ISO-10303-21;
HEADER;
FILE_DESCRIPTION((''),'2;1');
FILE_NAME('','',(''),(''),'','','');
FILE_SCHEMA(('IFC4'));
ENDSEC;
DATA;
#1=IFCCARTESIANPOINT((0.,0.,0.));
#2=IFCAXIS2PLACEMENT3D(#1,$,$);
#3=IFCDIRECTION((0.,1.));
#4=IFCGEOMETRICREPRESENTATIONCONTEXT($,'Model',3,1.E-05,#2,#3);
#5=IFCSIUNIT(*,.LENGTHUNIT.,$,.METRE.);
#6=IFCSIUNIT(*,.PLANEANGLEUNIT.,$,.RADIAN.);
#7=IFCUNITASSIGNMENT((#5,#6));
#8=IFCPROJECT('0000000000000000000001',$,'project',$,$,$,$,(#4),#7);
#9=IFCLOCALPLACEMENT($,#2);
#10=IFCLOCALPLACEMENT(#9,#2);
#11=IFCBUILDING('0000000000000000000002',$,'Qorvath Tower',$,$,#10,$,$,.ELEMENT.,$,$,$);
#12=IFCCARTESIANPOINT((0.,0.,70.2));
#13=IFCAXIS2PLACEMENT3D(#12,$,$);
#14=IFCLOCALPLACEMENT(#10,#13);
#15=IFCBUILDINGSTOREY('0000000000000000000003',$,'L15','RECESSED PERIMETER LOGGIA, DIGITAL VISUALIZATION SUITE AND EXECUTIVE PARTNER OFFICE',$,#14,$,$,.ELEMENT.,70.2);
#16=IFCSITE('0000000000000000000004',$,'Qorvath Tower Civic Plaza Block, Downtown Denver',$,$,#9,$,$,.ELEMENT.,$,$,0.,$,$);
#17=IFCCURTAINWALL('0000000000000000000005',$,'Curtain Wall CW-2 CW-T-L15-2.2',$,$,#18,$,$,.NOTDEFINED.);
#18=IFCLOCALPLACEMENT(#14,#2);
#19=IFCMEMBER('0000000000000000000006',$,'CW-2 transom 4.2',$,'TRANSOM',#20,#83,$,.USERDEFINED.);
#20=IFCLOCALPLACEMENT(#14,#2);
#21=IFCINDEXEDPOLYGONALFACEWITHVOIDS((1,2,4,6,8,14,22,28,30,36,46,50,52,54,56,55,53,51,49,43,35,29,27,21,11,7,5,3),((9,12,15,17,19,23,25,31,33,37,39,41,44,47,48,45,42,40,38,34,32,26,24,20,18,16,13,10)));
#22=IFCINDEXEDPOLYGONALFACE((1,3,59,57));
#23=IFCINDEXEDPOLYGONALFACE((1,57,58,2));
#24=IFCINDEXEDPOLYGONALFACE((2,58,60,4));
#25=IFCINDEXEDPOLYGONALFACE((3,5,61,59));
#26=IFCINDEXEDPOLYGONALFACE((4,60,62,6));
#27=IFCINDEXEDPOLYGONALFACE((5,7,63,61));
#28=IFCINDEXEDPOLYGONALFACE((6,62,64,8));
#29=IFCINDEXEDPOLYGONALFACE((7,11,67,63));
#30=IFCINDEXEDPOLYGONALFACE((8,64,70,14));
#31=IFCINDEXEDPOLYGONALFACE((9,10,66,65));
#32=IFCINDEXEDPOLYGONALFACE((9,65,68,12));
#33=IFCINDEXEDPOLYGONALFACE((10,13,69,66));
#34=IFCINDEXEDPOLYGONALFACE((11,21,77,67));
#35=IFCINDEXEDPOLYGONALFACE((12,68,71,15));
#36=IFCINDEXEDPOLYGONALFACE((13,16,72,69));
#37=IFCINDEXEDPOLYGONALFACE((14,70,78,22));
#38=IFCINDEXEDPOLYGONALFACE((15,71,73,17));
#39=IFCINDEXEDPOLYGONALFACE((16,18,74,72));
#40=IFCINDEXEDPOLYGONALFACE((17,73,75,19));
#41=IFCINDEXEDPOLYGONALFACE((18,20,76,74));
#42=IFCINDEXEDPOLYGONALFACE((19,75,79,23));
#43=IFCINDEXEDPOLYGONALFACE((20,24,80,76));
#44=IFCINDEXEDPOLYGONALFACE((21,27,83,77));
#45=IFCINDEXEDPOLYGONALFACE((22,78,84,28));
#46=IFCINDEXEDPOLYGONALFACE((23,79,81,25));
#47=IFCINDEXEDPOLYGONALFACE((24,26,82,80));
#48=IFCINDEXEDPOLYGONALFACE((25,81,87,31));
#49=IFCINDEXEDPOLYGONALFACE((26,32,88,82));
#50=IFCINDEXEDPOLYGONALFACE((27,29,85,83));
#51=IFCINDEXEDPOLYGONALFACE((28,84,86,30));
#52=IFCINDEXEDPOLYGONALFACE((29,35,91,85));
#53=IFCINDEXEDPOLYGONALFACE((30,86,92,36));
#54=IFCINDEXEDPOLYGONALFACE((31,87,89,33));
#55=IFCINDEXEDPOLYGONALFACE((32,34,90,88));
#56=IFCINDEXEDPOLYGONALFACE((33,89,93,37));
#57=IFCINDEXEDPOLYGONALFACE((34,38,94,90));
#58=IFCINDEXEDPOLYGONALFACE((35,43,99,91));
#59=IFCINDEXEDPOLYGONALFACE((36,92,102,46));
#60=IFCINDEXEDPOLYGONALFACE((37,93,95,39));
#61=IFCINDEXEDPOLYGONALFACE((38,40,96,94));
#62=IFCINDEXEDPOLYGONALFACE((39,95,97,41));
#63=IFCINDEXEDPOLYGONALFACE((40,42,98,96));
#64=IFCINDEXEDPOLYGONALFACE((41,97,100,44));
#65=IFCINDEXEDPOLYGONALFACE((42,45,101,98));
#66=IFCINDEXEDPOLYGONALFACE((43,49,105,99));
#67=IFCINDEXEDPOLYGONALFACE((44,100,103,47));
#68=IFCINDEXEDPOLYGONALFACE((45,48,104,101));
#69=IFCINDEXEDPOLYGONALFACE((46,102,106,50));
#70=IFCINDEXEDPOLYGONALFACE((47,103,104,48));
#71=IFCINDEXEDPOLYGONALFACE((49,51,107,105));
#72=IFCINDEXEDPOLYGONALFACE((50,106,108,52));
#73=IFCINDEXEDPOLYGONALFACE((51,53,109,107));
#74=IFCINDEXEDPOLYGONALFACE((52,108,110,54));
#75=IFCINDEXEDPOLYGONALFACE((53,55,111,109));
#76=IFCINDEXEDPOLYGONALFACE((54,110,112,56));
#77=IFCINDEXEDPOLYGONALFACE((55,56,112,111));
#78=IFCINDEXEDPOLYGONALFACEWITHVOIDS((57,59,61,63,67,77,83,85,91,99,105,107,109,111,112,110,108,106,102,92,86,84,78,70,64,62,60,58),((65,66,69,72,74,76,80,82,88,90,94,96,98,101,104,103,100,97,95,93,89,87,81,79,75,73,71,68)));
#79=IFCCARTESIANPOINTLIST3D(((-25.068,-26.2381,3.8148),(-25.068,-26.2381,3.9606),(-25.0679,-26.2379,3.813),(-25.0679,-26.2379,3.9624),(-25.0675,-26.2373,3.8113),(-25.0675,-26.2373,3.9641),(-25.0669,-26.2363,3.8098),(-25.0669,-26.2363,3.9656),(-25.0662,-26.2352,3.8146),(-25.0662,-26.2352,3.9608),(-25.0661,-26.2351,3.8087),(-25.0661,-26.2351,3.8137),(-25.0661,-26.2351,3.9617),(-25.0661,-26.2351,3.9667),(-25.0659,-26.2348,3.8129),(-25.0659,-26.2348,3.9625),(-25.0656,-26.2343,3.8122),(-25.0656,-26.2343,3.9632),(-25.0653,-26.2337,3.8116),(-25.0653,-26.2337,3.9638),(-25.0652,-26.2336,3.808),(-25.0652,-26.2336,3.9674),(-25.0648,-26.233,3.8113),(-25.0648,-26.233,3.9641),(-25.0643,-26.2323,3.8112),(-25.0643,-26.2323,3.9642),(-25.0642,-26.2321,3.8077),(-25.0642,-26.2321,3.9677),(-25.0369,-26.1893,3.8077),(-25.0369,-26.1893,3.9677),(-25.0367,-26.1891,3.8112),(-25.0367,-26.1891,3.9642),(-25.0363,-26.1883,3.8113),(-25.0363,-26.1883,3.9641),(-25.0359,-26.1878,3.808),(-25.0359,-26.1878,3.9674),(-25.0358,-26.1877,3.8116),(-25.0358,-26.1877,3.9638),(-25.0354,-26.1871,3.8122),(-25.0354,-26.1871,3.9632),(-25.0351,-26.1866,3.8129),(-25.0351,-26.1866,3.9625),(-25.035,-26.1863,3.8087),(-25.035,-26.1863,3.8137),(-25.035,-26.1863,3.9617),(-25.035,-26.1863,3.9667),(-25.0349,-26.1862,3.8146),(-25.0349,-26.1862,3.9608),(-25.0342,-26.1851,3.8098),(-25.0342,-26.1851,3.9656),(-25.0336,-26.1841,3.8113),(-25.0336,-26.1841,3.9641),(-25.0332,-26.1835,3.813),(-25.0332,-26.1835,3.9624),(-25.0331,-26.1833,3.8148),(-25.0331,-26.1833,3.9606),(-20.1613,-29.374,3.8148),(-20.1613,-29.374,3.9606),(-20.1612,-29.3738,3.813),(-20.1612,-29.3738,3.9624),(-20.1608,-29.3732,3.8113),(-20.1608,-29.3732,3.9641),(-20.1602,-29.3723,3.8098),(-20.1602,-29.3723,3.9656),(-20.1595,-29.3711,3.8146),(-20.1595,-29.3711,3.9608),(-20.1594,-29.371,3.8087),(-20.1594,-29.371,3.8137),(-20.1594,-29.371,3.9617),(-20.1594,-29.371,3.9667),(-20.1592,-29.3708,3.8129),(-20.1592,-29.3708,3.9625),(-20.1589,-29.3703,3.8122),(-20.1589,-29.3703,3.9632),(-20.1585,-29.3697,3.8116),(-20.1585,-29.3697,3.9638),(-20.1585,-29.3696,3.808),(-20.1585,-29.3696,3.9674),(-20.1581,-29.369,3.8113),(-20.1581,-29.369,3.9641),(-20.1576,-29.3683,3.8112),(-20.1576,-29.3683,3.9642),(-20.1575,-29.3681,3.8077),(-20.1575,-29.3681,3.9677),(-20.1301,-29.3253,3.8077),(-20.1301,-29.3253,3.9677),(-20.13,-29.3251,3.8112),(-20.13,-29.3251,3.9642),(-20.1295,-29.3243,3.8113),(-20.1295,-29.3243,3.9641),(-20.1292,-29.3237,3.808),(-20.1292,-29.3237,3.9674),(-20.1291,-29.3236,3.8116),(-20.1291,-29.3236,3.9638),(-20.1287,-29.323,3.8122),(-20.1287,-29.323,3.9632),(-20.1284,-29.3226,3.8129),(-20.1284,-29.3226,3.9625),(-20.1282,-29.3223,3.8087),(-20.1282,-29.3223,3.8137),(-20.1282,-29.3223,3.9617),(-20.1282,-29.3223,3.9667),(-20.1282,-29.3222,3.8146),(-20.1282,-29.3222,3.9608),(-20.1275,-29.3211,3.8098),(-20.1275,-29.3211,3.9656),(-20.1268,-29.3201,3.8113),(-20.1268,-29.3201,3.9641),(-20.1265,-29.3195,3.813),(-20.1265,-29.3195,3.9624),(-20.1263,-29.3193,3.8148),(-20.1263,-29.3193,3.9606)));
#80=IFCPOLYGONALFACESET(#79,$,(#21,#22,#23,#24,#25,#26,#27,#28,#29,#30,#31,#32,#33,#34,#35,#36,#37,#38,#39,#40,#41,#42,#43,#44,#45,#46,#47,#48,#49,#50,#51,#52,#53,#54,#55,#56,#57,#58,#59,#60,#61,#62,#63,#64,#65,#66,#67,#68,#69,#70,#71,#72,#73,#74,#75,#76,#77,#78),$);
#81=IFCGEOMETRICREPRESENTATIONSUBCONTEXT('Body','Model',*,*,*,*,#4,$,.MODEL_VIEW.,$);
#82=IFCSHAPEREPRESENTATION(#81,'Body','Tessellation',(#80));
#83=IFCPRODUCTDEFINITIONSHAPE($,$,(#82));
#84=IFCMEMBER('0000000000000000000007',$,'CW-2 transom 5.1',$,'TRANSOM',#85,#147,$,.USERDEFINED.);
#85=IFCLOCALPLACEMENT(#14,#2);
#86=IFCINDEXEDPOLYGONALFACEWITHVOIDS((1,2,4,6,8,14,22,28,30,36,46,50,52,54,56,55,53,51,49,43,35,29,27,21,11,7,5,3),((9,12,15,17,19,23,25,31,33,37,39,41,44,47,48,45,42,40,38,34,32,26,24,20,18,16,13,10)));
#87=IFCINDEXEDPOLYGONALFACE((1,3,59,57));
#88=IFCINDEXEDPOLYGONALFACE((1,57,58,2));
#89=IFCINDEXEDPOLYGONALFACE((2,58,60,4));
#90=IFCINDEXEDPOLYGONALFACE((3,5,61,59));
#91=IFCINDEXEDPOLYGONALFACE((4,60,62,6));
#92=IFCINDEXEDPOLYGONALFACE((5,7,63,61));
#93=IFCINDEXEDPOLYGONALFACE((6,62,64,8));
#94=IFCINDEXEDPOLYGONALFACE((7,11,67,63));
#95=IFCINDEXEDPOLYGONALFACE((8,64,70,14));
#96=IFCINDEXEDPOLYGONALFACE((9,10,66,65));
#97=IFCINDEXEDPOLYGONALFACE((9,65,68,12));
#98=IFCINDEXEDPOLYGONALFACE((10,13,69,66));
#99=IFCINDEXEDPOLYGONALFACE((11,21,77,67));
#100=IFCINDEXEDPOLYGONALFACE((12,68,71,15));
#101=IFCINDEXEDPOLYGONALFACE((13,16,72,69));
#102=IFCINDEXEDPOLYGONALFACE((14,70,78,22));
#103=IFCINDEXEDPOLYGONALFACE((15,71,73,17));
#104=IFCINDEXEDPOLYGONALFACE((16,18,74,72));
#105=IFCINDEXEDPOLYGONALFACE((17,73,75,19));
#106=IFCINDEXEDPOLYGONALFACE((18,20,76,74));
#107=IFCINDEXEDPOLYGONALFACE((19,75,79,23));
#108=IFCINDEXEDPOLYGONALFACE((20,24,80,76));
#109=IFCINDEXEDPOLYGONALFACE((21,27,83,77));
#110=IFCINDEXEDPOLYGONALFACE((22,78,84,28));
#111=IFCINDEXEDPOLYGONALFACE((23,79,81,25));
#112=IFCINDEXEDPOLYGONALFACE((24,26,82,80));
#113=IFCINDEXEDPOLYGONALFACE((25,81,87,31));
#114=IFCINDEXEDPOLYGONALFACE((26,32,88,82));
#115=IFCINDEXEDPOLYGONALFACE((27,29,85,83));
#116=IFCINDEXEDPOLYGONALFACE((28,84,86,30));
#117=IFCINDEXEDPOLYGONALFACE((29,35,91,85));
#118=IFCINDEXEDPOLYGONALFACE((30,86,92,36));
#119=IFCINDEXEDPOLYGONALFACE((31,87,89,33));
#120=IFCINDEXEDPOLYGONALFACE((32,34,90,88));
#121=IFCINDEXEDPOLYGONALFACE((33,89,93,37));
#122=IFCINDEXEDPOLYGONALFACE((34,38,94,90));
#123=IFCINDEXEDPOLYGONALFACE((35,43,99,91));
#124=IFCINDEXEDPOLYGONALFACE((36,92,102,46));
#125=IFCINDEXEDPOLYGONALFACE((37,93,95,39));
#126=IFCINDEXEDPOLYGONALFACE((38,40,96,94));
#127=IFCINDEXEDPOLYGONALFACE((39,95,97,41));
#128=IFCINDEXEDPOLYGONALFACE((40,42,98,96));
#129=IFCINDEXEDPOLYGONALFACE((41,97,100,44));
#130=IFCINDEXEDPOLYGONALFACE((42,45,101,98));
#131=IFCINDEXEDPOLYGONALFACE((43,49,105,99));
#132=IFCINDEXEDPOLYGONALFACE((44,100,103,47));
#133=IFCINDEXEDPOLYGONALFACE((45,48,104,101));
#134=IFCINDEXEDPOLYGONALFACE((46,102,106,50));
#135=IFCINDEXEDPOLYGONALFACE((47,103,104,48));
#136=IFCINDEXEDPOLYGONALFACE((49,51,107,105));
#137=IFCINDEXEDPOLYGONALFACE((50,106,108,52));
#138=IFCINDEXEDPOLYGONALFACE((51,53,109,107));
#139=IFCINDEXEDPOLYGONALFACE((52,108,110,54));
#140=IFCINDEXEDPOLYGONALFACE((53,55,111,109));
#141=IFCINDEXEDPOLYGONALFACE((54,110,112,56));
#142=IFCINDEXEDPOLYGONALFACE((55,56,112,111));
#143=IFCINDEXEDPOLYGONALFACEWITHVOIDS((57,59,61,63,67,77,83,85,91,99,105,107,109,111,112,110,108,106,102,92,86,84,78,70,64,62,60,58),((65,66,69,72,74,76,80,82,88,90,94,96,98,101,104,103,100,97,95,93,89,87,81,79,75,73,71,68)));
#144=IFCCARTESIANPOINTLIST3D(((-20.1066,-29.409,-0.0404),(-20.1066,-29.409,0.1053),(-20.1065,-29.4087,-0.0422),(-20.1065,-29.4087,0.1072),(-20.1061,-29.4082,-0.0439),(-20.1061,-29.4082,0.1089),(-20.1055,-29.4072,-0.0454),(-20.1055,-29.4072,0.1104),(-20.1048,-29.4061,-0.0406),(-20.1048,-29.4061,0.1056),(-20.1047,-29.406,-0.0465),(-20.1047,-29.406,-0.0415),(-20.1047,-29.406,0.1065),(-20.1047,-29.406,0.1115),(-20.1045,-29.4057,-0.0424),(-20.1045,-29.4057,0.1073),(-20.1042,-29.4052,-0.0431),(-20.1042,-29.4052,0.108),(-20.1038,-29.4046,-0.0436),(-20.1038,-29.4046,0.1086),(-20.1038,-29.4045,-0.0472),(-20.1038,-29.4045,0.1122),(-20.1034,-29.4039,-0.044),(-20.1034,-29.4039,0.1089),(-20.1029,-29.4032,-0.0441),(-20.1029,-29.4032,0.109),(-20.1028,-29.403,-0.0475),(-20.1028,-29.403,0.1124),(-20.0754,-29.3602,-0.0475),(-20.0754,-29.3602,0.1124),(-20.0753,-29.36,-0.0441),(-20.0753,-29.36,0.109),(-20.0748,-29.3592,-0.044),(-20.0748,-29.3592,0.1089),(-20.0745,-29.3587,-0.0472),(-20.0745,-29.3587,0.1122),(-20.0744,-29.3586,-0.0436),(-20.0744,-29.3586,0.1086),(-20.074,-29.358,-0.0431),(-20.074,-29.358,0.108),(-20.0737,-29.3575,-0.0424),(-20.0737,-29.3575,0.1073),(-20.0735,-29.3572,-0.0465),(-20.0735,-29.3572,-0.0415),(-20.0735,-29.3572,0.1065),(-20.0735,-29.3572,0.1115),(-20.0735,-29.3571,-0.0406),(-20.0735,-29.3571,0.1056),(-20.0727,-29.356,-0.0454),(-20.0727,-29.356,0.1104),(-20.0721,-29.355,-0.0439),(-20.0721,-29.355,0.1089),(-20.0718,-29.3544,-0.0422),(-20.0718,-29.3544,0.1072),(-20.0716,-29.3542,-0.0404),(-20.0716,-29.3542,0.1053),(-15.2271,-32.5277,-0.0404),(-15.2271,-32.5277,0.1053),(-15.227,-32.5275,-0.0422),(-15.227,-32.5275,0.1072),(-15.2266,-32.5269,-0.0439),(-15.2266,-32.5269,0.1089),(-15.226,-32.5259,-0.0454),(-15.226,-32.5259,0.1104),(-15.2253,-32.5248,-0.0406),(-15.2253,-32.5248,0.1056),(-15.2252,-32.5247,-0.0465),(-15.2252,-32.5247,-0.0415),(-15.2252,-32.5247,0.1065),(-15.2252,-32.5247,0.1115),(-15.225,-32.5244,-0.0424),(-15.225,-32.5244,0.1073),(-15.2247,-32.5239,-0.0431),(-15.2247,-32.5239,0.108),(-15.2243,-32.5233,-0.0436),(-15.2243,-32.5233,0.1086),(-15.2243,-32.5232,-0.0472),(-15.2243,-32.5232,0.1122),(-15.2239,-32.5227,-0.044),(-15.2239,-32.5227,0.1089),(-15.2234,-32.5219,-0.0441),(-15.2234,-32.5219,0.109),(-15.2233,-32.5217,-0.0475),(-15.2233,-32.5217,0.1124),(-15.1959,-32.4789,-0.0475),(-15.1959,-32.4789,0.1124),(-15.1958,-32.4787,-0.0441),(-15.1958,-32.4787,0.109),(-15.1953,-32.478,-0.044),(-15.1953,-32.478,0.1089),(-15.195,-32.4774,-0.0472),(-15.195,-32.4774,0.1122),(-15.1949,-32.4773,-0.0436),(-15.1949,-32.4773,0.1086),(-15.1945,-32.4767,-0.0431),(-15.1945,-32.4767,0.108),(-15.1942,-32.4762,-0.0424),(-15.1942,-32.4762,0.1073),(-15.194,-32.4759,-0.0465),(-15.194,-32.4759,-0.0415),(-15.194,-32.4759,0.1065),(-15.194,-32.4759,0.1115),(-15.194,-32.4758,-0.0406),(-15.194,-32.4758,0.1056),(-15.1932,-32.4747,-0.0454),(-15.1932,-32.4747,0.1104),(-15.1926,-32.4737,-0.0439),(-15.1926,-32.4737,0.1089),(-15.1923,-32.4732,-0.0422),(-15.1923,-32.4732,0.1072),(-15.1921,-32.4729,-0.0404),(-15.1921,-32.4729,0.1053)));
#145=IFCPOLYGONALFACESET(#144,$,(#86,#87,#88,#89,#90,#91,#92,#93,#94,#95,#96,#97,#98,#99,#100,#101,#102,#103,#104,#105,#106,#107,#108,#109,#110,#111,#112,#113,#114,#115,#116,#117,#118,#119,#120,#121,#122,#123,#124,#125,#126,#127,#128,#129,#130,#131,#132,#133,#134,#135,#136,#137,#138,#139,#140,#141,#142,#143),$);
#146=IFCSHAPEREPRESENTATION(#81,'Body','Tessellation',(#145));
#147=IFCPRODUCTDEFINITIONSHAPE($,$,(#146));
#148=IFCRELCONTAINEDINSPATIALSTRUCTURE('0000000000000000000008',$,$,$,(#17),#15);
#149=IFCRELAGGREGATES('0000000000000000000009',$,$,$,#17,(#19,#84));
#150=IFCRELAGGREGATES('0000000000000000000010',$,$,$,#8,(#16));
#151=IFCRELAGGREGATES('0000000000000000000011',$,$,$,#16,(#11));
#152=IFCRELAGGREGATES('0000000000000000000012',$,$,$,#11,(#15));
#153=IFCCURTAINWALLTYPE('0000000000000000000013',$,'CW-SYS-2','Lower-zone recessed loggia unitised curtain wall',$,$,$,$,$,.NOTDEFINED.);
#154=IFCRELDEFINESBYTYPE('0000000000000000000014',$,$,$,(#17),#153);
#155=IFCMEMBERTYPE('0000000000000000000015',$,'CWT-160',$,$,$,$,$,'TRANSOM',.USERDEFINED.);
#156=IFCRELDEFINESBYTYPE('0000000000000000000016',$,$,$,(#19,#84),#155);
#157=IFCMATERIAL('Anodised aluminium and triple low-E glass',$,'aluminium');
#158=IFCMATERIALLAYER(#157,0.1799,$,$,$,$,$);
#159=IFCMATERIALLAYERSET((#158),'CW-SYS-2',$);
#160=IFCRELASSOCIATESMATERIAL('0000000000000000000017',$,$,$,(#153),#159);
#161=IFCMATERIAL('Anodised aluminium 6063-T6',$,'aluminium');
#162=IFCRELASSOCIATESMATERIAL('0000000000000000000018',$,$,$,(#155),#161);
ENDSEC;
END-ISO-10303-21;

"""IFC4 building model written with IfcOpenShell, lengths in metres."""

from ifc_helpers import new_model, si_unit, direction, frame, origin, origin_2d, place, context, subcontext, project, spatial, hollow_rectangle, extrude, material, layer, layer_set, material_profile, profile_set, type_object, element, aggregate, save


model = new_model("IFC4")

# Units and contexts
model_context = context("Model", 3, precision=1e-05, world=origin(), true_north=direction((0.0, 1.0)))
body_context = subcontext(model_context, "Body", "Model", "MODEL_VIEW")
ifc_project = project(units=[si_unit("LENGTHUNIT", "METRE"), si_unit("PLANEANGLEUNIT", "RADIAN")], contexts=[model_context])

# Site, building, storey
site_placement = place(None, origin())
site = spatial("IfcSite", under=ifc_project, at=site_placement, Name="Qorvath Tower Civic Plaza Block, Downtown Denver", CompositionType="ELEMENT", RefElevation=0.0)
building_placement = place(site_placement, origin())
building = spatial("IfcBuilding", under=site, at=building_placement, Name="Qorvath Tower", CompositionType="ELEMENT")
storey_placement = place(building_placement, frame((0.0, 0.0, 70.2)))
storey = spatial("IfcBuildingStorey", under=building, at=storey_placement, Name="L15", Description="RECESSED PERIMETER LOGGIA, DIGITAL VISUALIZATION SUITE AND EXECUTIVE PARTNER OFFICE", CompositionType="ELEMENT", Elevation=70.2)

# Curtain wall, members
ifc_material_1 = material(Name="Anodised aluminium and triple low-E glass", Category="aluminium")
ifc_layer_1 = layer(ifc_material_1, 0.1799)
ifc_layer_set_1 = layer_set([ifc_layer_1], Name="CW-SYS-2")
curtain_wall_type = type_object("IfcCurtainWallType", Name="CW-SYS-2", Description="Lower-zone recessed loggia unitised curtain wall", PredefinedType="NOTDEFINED", material=ifc_layer_set_1)
curtain_wall_placement = place(storey_placement, origin())
curtain_wall = element("IfcCurtainWall", 1, at=curtain_wall_placement, inside=storey, type_object=curtain_wall_type, Name="Curtain Wall CW-2 CW-T-L15-2.2", PredefinedType="NOTDEFINED")
ifc_material_2 = material(Name="Anodised aluminium 6063-T6", Category="aluminium")
ifc_material_profile_1 = material_profile(ifc_material_2, hollow_rectangle(XDim=0.0649, YDim=0.1599, WallThickness=0.0034, InnerFilletRadius=0.0034, OuterFilletRadius=0.0071, at=origin_2d()), Name="CWT 160x65")
ifc_profile_set_1 = profile_set([ifc_material_profile_1], Name="Anodised aluminium 6063-T6")
member_type_1 = type_object("IfcMemberType", Name="CWT-160", ElementType="TRANSOM", PredefinedType="USERDEFINED", material=ifc_profile_set_1)
member_1_placement = place(storey_placement, frame((-25.0505, -26.2107, 3.8877), z_axis=(0.842609, -0.538527, 0.0), x_axis=(0.538527, 0.842609, 0.0)))
member_1 = element("IfcMember", 2, at=member_1_placement, type_object=member_type_1, Name="CW-2 transom 4.2", ObjectType="TRANSOM", PredefinedType="USERDEFINED", context=body_context, shape_type="SweptSolid", body=[
    extrude(hollow_rectangle(XDim=0.0649, YDim=0.1599, WallThickness=0.0034, InnerFilletRadius=0.0034, OuterFilletRadius=0.0071, at=origin_2d()), origin(), (0.0, 0.0, 1.0), 5.8232),
])
member_2_placement = place(storey_placement, frame((-20.0891, -29.3816, 0.0325), z_axis=(0.842597, -0.538544, 0.0), x_axis=(0.538544, 0.842597, 0.0)))
member_2 = element("IfcMember", 3, at=member_2_placement, type_object=member_type_1, Name="CW-2 transom 5.1", ObjectType="TRANSOM", PredefinedType="USERDEFINED", context=body_context, shape_type="SweptSolid", body=[
    extrude(hollow_rectangle(XDim=0.0649, YDim=0.1599, WallThickness=0.0034, InnerFilletRadius=0.0034, OuterFilletRadius=0.0071, at=origin_2d()), origin(), (0.0, 0.0, 1.0), 5.791),
])
aggregate(curtain_wall, [member_1, member_2])

save(model, "model.ifc")
